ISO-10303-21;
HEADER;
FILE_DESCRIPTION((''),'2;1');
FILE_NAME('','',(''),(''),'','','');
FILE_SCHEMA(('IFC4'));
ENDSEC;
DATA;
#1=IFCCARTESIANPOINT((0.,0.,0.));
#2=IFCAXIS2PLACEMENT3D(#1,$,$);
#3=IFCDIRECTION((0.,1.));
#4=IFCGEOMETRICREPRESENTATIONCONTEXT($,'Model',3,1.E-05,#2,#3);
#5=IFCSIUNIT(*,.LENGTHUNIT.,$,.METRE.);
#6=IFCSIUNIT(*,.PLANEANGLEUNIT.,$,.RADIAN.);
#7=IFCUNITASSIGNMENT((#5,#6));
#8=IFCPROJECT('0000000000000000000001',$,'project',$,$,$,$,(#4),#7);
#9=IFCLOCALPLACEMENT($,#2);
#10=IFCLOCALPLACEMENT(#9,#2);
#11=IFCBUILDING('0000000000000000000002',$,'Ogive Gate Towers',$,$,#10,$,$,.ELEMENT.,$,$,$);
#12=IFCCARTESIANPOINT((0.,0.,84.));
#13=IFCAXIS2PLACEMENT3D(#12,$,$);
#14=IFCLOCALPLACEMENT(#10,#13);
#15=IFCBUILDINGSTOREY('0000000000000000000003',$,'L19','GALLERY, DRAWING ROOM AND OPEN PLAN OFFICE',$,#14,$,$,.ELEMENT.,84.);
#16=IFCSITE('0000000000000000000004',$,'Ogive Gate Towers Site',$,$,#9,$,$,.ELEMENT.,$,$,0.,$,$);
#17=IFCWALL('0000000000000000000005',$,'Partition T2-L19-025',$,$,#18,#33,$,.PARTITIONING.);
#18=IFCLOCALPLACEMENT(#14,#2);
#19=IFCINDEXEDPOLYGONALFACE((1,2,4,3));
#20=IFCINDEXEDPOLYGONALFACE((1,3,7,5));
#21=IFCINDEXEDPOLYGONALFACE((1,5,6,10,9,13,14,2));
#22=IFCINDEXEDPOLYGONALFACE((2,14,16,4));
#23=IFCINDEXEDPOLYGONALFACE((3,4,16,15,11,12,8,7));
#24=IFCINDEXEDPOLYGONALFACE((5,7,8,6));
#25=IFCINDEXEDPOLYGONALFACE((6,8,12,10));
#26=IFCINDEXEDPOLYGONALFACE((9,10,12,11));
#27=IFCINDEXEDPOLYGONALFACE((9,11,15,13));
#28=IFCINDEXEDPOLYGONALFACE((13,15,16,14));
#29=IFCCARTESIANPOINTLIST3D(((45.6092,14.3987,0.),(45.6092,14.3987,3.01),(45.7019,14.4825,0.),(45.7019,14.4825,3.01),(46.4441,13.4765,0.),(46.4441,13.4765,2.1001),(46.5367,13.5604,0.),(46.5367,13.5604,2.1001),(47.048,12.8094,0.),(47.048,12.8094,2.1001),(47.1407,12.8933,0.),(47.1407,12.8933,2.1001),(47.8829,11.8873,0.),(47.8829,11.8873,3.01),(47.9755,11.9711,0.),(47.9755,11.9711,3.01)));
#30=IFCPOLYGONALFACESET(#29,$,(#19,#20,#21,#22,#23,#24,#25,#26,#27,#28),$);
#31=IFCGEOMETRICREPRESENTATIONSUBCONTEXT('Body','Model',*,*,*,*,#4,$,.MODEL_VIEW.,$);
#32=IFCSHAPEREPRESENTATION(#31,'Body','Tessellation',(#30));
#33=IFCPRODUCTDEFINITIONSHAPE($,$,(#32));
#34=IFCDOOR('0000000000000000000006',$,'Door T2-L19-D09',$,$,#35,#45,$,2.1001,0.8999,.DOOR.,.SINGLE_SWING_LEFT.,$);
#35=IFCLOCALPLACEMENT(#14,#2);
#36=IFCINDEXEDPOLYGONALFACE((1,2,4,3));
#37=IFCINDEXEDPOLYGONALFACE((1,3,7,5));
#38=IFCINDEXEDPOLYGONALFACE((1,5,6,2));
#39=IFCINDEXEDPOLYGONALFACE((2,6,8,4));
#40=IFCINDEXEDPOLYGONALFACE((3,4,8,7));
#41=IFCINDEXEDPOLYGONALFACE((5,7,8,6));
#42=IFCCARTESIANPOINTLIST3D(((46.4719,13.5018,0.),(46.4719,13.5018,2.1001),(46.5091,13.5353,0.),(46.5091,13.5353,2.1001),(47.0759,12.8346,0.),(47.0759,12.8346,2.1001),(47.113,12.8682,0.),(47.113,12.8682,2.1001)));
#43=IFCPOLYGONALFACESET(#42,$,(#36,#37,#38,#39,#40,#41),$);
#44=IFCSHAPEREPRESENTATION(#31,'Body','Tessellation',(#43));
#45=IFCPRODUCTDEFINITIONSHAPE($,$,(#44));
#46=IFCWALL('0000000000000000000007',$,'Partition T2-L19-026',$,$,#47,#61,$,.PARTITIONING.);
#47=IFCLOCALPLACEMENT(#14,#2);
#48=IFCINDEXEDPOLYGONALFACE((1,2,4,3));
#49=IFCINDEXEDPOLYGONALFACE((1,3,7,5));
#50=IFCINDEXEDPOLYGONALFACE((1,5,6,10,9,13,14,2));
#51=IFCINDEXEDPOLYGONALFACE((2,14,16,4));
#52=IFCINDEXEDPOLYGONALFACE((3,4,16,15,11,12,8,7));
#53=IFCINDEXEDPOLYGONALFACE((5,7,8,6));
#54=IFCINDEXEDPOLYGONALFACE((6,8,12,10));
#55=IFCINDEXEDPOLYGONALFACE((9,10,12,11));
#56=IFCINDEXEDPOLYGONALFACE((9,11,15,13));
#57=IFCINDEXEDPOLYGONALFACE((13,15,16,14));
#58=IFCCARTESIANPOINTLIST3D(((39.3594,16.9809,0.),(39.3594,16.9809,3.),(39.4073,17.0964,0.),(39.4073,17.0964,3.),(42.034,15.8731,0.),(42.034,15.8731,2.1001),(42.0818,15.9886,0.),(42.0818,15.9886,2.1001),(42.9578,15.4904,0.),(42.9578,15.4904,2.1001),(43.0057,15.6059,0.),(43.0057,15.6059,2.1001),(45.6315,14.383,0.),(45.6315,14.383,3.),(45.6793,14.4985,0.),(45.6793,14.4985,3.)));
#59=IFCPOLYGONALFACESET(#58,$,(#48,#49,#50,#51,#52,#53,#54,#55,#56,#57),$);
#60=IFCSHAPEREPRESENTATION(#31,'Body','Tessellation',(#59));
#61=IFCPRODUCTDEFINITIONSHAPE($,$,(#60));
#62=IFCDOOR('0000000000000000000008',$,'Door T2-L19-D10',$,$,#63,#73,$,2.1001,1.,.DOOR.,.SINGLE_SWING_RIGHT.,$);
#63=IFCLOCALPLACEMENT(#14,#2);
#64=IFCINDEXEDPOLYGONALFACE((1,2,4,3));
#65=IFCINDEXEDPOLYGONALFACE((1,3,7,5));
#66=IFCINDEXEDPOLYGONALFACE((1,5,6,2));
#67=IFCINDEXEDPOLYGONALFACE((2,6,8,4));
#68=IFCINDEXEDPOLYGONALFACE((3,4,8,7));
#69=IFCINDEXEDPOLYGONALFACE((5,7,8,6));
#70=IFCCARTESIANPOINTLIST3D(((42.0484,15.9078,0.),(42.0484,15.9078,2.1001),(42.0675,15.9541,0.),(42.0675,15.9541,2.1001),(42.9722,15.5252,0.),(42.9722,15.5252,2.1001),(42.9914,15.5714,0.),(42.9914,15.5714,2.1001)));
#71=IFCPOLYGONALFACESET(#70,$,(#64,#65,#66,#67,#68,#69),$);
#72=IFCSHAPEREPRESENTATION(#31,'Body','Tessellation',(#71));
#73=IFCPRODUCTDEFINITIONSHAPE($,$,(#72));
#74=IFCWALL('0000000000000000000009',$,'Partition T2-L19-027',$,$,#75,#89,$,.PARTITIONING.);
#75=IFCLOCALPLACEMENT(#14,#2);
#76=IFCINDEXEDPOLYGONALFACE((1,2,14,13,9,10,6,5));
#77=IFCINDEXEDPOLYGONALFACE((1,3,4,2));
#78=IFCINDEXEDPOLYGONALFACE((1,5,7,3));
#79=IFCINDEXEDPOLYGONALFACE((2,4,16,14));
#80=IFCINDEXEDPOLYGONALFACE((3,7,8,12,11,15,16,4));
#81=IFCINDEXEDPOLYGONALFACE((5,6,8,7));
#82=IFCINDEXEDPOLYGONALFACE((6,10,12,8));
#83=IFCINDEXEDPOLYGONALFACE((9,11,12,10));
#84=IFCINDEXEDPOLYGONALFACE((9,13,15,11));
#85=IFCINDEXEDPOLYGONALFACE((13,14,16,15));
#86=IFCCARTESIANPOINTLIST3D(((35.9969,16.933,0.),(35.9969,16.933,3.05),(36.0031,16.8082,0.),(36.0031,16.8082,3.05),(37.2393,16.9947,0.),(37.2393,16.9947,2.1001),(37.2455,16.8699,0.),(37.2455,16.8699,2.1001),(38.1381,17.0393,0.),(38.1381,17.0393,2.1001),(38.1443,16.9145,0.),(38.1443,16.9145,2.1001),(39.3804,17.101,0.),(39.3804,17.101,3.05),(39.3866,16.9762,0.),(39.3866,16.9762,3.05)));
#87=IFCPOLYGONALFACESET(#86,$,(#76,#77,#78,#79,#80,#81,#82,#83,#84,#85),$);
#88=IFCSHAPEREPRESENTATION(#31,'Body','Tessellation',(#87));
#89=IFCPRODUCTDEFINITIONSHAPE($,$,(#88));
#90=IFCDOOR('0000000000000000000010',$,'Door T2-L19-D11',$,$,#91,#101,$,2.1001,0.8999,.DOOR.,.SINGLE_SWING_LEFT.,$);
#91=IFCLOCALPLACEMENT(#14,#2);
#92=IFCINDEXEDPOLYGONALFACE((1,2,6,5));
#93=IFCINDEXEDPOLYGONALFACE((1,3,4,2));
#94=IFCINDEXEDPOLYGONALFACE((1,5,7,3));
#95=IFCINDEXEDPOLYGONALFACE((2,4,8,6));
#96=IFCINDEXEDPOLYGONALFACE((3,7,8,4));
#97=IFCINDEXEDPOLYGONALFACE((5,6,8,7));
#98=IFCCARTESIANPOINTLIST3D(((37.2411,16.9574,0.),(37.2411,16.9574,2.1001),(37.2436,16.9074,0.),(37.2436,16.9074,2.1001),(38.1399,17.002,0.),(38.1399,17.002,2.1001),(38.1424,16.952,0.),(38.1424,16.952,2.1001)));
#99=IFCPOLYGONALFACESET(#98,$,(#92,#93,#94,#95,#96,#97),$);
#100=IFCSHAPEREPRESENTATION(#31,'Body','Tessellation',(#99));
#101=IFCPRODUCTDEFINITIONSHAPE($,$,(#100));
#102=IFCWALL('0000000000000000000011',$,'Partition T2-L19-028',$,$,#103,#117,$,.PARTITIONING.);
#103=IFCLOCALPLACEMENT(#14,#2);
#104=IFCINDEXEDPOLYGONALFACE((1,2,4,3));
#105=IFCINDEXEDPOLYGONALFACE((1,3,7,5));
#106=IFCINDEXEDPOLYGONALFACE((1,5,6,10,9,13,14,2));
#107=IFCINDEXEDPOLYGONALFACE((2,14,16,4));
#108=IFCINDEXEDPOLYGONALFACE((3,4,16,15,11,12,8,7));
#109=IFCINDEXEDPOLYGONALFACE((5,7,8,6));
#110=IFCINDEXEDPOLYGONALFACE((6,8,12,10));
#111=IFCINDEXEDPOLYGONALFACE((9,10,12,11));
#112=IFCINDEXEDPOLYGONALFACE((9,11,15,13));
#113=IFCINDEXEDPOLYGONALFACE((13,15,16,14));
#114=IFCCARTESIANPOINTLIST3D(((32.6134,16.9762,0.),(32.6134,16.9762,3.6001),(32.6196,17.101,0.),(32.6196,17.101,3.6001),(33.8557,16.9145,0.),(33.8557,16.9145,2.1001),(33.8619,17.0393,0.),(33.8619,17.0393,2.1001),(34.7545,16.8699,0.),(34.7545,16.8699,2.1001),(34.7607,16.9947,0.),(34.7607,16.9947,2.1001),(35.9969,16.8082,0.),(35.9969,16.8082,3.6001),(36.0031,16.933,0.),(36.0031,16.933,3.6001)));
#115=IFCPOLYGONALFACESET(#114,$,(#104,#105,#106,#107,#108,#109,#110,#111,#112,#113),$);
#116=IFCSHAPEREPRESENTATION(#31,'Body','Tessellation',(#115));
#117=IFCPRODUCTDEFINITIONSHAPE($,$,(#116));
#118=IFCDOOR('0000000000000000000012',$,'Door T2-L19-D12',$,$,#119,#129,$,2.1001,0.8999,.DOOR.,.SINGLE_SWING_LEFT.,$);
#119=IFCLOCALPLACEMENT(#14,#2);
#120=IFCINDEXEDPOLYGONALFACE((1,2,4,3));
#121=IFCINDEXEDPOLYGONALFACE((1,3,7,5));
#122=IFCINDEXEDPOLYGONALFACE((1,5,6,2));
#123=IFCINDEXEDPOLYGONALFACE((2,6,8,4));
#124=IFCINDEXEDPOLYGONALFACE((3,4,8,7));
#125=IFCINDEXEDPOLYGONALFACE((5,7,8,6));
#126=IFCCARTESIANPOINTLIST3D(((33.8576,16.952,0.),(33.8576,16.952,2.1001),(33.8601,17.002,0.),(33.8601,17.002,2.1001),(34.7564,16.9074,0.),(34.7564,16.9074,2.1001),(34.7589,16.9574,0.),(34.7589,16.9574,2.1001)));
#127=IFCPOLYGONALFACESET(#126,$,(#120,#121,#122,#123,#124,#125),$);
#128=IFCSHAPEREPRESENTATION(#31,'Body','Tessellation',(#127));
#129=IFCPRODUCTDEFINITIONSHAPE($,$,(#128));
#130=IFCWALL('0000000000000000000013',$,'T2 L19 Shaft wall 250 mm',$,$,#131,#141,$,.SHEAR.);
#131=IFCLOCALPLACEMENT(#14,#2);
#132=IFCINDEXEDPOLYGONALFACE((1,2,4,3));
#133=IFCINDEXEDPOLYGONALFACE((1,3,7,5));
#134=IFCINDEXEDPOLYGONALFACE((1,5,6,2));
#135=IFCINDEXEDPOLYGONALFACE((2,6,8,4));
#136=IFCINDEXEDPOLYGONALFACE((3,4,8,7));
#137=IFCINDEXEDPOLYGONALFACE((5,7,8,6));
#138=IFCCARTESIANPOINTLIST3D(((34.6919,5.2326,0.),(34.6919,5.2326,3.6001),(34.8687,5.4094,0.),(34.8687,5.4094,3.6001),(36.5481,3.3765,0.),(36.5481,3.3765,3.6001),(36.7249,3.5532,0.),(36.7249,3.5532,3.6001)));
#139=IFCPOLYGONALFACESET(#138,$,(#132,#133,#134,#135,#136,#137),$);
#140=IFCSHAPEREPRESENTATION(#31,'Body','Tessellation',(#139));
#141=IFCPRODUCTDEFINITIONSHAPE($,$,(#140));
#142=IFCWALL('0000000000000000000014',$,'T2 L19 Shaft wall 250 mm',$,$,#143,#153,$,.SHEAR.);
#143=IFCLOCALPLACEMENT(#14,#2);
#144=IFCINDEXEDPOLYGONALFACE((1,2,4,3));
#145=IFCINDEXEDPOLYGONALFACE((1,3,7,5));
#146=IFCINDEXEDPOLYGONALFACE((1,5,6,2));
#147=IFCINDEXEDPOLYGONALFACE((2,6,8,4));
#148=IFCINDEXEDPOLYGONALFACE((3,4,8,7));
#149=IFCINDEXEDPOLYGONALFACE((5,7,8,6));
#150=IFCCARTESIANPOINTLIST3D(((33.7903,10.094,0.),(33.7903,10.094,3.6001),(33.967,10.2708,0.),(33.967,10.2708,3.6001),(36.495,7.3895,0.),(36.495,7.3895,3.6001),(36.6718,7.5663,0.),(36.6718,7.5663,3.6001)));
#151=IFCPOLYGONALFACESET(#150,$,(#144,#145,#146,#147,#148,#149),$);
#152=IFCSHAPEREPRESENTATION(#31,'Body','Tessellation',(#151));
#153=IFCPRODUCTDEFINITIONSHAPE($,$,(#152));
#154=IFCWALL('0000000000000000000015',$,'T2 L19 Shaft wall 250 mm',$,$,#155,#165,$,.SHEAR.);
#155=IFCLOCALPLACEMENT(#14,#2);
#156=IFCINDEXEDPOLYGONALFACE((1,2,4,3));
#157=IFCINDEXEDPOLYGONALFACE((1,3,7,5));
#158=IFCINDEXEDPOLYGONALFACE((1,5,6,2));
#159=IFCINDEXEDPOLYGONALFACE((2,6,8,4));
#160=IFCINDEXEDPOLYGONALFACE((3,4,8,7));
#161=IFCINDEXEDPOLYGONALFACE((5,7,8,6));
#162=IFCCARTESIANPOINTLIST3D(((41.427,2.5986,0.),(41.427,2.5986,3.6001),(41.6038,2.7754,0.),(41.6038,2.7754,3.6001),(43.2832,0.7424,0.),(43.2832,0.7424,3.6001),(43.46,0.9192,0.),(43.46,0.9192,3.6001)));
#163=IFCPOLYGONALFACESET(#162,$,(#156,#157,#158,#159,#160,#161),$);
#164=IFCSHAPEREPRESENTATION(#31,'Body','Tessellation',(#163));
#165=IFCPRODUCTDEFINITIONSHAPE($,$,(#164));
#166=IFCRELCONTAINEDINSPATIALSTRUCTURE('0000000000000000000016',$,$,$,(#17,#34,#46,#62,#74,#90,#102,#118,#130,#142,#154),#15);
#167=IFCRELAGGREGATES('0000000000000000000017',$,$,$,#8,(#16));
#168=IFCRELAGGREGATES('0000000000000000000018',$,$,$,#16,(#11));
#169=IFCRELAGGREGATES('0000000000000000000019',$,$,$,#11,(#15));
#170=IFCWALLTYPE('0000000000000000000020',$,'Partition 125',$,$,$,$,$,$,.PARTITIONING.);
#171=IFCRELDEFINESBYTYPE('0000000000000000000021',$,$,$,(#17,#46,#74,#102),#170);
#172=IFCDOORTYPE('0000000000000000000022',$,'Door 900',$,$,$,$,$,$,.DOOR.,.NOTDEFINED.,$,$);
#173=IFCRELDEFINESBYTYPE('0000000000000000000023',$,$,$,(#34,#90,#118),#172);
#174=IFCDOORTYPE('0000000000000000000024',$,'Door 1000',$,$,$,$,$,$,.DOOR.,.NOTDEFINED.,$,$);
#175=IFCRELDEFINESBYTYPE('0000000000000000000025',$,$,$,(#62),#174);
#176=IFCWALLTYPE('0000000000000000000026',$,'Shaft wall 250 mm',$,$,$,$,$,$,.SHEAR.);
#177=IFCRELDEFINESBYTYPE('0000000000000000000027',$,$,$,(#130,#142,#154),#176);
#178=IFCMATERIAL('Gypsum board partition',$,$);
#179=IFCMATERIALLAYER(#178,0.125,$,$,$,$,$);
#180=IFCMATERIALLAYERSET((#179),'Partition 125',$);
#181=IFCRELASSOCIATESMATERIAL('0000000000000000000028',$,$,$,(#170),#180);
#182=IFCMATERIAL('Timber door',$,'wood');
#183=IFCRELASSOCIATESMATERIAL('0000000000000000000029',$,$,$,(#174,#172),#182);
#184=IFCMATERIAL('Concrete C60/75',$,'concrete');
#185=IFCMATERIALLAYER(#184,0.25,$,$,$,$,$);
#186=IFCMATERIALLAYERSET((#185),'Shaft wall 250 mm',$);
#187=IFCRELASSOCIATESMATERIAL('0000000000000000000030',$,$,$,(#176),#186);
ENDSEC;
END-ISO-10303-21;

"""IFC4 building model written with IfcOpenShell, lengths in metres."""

from ifc_helpers import new_model, si_unit, direction, frame, frame_2d, origin, place, context, subcontext, project, spatial, rectangle, extrude, material, layer, layer_set, type_object, element, fill, save


model = new_model("IFC4")

# Units and contexts
model_context = context("Model", 3, precision=1e-05, world=origin(), true_north=direction((0.0, 1.0)))
body_context = subcontext(model_context, "Body", "Model", "MODEL_VIEW")
ifc_project = project(units=[si_unit("LENGTHUNIT", "METRE"), si_unit("PLANEANGLEUNIT", "RADIAN")], contexts=[model_context])

# Site, building, storey
site_placement = place(None, origin())
site = spatial("IfcSite", under=ifc_project, at=site_placement, Name="Ogive Gate Towers Site", CompositionType="ELEMENT", RefElevation=0.0)
building_placement = place(site_placement, origin())
building = spatial("IfcBuilding", under=site, at=building_placement, Name="Ogive Gate Towers", CompositionType="ELEMENT")
storey_placement = place(building_placement, frame((0.0, 0.0, 84.0)))
storey = spatial("IfcBuildingStorey", under=building, at=storey_placement, Name="L19", Description="GALLERY, DRAWING ROOM AND OPEN PLAN OFFICE", CompositionType="ELEMENT", Elevation=84.0)

# Shared definitions
ifc_material_1 = material(Name="Gypsum board partition")
ifc_layer_1 = layer(ifc_material_1, 0.125)
ifc_layer_set_1 = layer_set([ifc_layer_1], Name="Partition 125")
wall_type_1 = type_object("IfcWallType", Name="Partition 125", PredefinedType="PARTITIONING", material=ifc_layer_set_1)

# Walls, openings, doors
ifc_material_2 = material(Name="Timber door", Category="wood")
door_type_1 = type_object("IfcDoorType", Name="Door 1000", OperationType="NOTDEFINED", PredefinedType="DOOR", material=ifc_material_2)
wall_1_placement = place(storey_placement, frame((47.9292, 11.9292, 0.0), z_axis=(0.0, 0.0, 1.0), x_axis=(-0.67114, 0.741331, 0.0)))
wall_1 = element("IfcWall", 1, at=wall_1_placement, inside=storey, type_object=wall_type_1, Name="Partition T2-L19-025", PredefinedType="PARTITIONING", context=body_context, shape_type="SweptSolid", body=[
    extrude(rectangle(XDim=3.3877, YDim=0.125, at=frame_2d((1.6938, 0.0))), origin(), (0.0, 0.0, 1.0), 3.01),
])
opening_1_placement = place(wall_1_placement, frame((1.2439, 0.0, 0.0)))
opening_1 = element("IfcOpeningElement", 2, at=opening_1_placement, cuts=wall_1, PredefinedType="OPENING", context=body_context, shape_type="SweptSolid", body=[
    extrude(rectangle(XDim=0.8999, YDim=2.1001, at=frame_2d((0.45, 1.05))), frame((0.0, 0.0725, 0.0), z_axis=(0.0, -1.0, 0.0), x_axis=(1.0, 0.0, 0.0)), (0.0, 0.0, 1.0), 0.145),
])
door_type_2 = type_object("IfcDoorType", Name="Door 900", OperationType="NOTDEFINED", PredefinedType="DOOR", material=ifc_material_2)
door_1_placement = place(opening_1_placement, origin())
door_1 = element("IfcDoor", 3, at=door_1_placement, inside=storey, type_object=door_type_2, Name="Door T2-L19-D09", OperationType="SINGLE_SWING_LEFT", OverallHeight=2.1001, OverallWidth=0.8999, PredefinedType="DOOR", context=body_context, shape_type="SweptSolid", body=[
    extrude(rectangle(XDim=0.8999, YDim=2.1001, at=frame_2d((0.45, 1.05))), frame((0.0, 0.0249, 0.0), z_axis=(0.0, -1.0, 0.0), x_axis=(1.0, 0.0, 0.0)), (0.0, 0.0, 1.0), 0.05),
])
fill(opening_1, door_1)
wall_2_placement = place(storey_placement, frame((45.6555, 14.4407, 0.0), z_axis=(0.0, 0.0, 1.0), x_axis=(-0.923881, 0.382679, 0.0)))
wall_2 = element("IfcWall", 4, at=wall_2_placement, inside=storey, type_object=wall_type_1, Name="Partition T2-L19-026", PredefinedType="PARTITIONING", context=body_context, shape_type="SweptSolid", body=[
    extrude(rectangle(XDim=6.7888, YDim=0.125, at=frame_2d((3.3945, 0.0))), origin(), (0.0, 0.0, 1.0), 3.0),
])
opening_2_placement = place(wall_2_placement, frame((2.894, 0.0, 0.0)))
opening_2 = element("IfcOpeningElement", 5, at=opening_2_placement, cuts=wall_2, PredefinedType="OPENING", context=body_context, shape_type="SweptSolid", body=[
    extrude(rectangle(XDim=1.0, YDim=2.1001, at=frame_2d((0.5, 1.05))), frame((0.0, 0.0725, 0.0), z_axis=(0.0, -1.0, 0.0), x_axis=(1.0, 0.0, 0.0)), (0.0, 0.0, 1.0), 0.145),
])
door_2_placement = place(opening_2_placement, origin())
door_2 = element("IfcDoor", 6, at=door_2_placement, inside=storey, type_object=door_type_1, Name="Door T2-L19-D10", OperationType="SINGLE_SWING_RIGHT", OverallHeight=2.1001, OverallWidth=1.0, PredefinedType="DOOR", context=body_context, shape_type="SweptSolid", body=[
    extrude(rectangle(XDim=1.0, YDim=2.1001, at=frame_2d((0.5, 1.05))), frame((0.0, 0.0249, 0.0), z_axis=(0.0, -1.0, 0.0), x_axis=(1.0, 0.0, 0.0)), (0.0, 0.0, 1.0), 0.05),
])
fill(opening_2, door_2)
wall_3_placement = place(storey_placement, frame((39.3835, 17.0386, 0.0), z_axis=(0.0, 0.0, 1.0), x_axis=(-0.99877, -0.049582, 0.0)))
wall_3 = element("IfcWall", 7, at=wall_3_placement, inside=storey, type_object=wall_type_1, Name="Partition T2-L19-027", PredefinedType="PARTITIONING", context=body_context, shape_type="SweptSolid", body=[
    extrude(rectangle(XDim=3.3877, YDim=0.125, at=frame_2d((1.6938, 0.0))), origin(), (0.0, 0.0, 1.0), 3.05),
])
opening_3_placement = place(wall_3_placement, frame((1.2439, 0.0, 0.0)))
opening_3 = element("IfcOpeningElement", 8, at=opening_3_placement, cuts=wall_3, PredefinedType="OPENING", context=body_context, shape_type="SweptSolid", body=[
    extrude(rectangle(XDim=0.8999, YDim=2.1001, at=frame_2d((0.45, 1.05))), frame((0.0, 0.0725, 0.0), z_axis=(0.0, -1.0, 0.0), x_axis=(1.0, 0.0, 0.0)), (0.0, 0.0, 1.0), 0.145),
])
door_3_placement = place(opening_3_placement, origin())
door_3 = element("IfcDoor", 9, at=door_3_placement, inside=storey, type_object=door_type_2, Name="Door T2-L19-D11", OperationType="SINGLE_SWING_LEFT", OverallHeight=2.1001, OverallWidth=0.8999, PredefinedType="DOOR", context=body_context, shape_type="SweptSolid", body=[
    extrude(rectangle(XDim=0.8999, YDim=2.1001, at=frame_2d((0.45, 1.05))), frame((0.0, 0.0249, 0.0), z_axis=(0.0, -1.0, 0.0), x_axis=(1.0, 0.0, 0.0)), (0.0, 0.0, 1.0), 0.05),
])
fill(opening_3, door_3)
wall_4_placement = place(storey_placement, frame((36.0, 16.8706, 0.0), z_axis=(0.0, 0.0, 1.0), x_axis=(-0.99877, 0.049582, 0.0)))
wall_4 = element("IfcWall", 10, at=wall_4_placement, inside=storey, type_object=wall_type_1, Name="Partition T2-L19-028", PredefinedType="PARTITIONING", context=body_context, shape_type="SweptSolid", body=[
    extrude(rectangle(XDim=3.3877, YDim=0.125, at=frame_2d((1.6938, 0.0))), origin(), (0.0, 0.0, 1.0), 3.6001),
])
opening_4_placement = place(wall_4_placement, frame((1.2439, 0.0, 0.0)))
opening_4 = element("IfcOpeningElement", 11, at=opening_4_placement, cuts=wall_4, PredefinedType="OPENING", context=body_context, shape_type="SweptSolid", body=[
    extrude(rectangle(XDim=0.8999, YDim=2.1001, at=frame_2d((0.45, 1.05))), frame((0.0, 0.0725, 0.0), z_axis=(0.0, -1.0, 0.0), x_axis=(1.0, 0.0, 0.0)), (0.0, 0.0, 1.0), 0.145),
])
door_4_placement = place(opening_4_placement, origin())
door_4 = element("IfcDoor", 12, at=door_4_placement, inside=storey, type_object=door_type_2, Name="Door T2-L19-D12", OperationType="SINGLE_SWING_LEFT", OverallHeight=2.1001, OverallWidth=0.8999, PredefinedType="DOOR", context=body_context, shape_type="SweptSolid", body=[
    extrude(rectangle(XDim=0.8999, YDim=2.1001, at=frame_2d((0.45, 1.05))), frame((0.0, 0.0249, 0.0), z_axis=(0.0, -1.0, 0.0), x_axis=(1.0, 0.0, 0.0)), (0.0, 0.0, 1.0), 0.05),
])
fill(opening_4, door_4)

# Walls
ifc_material_3 = material(Name="Concrete C60/75", Category="concrete")
ifc_layer_2 = layer(ifc_material_3, 0.25)
ifc_layer_set_2 = layer_set([ifc_layer_2], Name="Shaft wall 250 mm")
wall_type_2 = type_object("IfcWallType", Name="Shaft wall 250 mm", PredefinedType="SHEAR", material=ifc_layer_set_2)
wall_5_placement = place(storey_placement, frame((36.6365, 3.4648, 0.0), z_axis=(0.0, 0.0, 1.0), x_axis=(-0.707107, 0.707107, 0.0)))
element("IfcWall", 13, at=wall_5_placement, inside=storey, type_object=wall_type_2, Name="T2 L19 Shaft wall 250 mm", PredefinedType="SHEAR", context=body_context, shape_type="SweptSolid", body=[
    extrude(rectangle(XDim=2.625, YDim=0.25, at=frame_2d((1.3125, 0.0))), origin(), (0.0, 0.0, 1.0), 3.6001),
])
wall_6_placement = place(storey_placement, frame((36.5835, 7.4778, 0.0), z_axis=(0.0, 0.0, 1.0), x_axis=(-0.707139, 0.707075, 0.0)))
element("IfcWall", 14, at=wall_6_placement, inside=storey, type_object=wall_type_2, Name="T2 L19 Shaft wall 250 mm", PredefinedType="SHEAR", context=body_context, shape_type="SweptSolid", body=[
    extrude(rectangle(XDim=3.825, YDim=0.25, at=frame_2d((1.9126, 0.0))), origin(), (0.0, 0.0, 1.0), 3.6001),
])
wall_7_placement = place(storey_placement, frame((43.3716, 0.8308, 0.0), z_axis=(0.0, 0.0, 1.0), x_axis=(-0.707107, 0.707107, 0.0)))
element("IfcWall", 15, at=wall_7_placement, inside=storey, type_object=wall_type_2, Name="T2 L19 Shaft wall 250 mm", PredefinedType="SHEAR", context=body_context, shape_type="SweptSolid", body=[
    extrude(rectangle(XDim=2.625, YDim=0.25, at=frame_2d((1.3125, 0.0))), origin(), (0.0, 0.0, 1.0), 3.6001),
])

save(model, "model.ifc")
